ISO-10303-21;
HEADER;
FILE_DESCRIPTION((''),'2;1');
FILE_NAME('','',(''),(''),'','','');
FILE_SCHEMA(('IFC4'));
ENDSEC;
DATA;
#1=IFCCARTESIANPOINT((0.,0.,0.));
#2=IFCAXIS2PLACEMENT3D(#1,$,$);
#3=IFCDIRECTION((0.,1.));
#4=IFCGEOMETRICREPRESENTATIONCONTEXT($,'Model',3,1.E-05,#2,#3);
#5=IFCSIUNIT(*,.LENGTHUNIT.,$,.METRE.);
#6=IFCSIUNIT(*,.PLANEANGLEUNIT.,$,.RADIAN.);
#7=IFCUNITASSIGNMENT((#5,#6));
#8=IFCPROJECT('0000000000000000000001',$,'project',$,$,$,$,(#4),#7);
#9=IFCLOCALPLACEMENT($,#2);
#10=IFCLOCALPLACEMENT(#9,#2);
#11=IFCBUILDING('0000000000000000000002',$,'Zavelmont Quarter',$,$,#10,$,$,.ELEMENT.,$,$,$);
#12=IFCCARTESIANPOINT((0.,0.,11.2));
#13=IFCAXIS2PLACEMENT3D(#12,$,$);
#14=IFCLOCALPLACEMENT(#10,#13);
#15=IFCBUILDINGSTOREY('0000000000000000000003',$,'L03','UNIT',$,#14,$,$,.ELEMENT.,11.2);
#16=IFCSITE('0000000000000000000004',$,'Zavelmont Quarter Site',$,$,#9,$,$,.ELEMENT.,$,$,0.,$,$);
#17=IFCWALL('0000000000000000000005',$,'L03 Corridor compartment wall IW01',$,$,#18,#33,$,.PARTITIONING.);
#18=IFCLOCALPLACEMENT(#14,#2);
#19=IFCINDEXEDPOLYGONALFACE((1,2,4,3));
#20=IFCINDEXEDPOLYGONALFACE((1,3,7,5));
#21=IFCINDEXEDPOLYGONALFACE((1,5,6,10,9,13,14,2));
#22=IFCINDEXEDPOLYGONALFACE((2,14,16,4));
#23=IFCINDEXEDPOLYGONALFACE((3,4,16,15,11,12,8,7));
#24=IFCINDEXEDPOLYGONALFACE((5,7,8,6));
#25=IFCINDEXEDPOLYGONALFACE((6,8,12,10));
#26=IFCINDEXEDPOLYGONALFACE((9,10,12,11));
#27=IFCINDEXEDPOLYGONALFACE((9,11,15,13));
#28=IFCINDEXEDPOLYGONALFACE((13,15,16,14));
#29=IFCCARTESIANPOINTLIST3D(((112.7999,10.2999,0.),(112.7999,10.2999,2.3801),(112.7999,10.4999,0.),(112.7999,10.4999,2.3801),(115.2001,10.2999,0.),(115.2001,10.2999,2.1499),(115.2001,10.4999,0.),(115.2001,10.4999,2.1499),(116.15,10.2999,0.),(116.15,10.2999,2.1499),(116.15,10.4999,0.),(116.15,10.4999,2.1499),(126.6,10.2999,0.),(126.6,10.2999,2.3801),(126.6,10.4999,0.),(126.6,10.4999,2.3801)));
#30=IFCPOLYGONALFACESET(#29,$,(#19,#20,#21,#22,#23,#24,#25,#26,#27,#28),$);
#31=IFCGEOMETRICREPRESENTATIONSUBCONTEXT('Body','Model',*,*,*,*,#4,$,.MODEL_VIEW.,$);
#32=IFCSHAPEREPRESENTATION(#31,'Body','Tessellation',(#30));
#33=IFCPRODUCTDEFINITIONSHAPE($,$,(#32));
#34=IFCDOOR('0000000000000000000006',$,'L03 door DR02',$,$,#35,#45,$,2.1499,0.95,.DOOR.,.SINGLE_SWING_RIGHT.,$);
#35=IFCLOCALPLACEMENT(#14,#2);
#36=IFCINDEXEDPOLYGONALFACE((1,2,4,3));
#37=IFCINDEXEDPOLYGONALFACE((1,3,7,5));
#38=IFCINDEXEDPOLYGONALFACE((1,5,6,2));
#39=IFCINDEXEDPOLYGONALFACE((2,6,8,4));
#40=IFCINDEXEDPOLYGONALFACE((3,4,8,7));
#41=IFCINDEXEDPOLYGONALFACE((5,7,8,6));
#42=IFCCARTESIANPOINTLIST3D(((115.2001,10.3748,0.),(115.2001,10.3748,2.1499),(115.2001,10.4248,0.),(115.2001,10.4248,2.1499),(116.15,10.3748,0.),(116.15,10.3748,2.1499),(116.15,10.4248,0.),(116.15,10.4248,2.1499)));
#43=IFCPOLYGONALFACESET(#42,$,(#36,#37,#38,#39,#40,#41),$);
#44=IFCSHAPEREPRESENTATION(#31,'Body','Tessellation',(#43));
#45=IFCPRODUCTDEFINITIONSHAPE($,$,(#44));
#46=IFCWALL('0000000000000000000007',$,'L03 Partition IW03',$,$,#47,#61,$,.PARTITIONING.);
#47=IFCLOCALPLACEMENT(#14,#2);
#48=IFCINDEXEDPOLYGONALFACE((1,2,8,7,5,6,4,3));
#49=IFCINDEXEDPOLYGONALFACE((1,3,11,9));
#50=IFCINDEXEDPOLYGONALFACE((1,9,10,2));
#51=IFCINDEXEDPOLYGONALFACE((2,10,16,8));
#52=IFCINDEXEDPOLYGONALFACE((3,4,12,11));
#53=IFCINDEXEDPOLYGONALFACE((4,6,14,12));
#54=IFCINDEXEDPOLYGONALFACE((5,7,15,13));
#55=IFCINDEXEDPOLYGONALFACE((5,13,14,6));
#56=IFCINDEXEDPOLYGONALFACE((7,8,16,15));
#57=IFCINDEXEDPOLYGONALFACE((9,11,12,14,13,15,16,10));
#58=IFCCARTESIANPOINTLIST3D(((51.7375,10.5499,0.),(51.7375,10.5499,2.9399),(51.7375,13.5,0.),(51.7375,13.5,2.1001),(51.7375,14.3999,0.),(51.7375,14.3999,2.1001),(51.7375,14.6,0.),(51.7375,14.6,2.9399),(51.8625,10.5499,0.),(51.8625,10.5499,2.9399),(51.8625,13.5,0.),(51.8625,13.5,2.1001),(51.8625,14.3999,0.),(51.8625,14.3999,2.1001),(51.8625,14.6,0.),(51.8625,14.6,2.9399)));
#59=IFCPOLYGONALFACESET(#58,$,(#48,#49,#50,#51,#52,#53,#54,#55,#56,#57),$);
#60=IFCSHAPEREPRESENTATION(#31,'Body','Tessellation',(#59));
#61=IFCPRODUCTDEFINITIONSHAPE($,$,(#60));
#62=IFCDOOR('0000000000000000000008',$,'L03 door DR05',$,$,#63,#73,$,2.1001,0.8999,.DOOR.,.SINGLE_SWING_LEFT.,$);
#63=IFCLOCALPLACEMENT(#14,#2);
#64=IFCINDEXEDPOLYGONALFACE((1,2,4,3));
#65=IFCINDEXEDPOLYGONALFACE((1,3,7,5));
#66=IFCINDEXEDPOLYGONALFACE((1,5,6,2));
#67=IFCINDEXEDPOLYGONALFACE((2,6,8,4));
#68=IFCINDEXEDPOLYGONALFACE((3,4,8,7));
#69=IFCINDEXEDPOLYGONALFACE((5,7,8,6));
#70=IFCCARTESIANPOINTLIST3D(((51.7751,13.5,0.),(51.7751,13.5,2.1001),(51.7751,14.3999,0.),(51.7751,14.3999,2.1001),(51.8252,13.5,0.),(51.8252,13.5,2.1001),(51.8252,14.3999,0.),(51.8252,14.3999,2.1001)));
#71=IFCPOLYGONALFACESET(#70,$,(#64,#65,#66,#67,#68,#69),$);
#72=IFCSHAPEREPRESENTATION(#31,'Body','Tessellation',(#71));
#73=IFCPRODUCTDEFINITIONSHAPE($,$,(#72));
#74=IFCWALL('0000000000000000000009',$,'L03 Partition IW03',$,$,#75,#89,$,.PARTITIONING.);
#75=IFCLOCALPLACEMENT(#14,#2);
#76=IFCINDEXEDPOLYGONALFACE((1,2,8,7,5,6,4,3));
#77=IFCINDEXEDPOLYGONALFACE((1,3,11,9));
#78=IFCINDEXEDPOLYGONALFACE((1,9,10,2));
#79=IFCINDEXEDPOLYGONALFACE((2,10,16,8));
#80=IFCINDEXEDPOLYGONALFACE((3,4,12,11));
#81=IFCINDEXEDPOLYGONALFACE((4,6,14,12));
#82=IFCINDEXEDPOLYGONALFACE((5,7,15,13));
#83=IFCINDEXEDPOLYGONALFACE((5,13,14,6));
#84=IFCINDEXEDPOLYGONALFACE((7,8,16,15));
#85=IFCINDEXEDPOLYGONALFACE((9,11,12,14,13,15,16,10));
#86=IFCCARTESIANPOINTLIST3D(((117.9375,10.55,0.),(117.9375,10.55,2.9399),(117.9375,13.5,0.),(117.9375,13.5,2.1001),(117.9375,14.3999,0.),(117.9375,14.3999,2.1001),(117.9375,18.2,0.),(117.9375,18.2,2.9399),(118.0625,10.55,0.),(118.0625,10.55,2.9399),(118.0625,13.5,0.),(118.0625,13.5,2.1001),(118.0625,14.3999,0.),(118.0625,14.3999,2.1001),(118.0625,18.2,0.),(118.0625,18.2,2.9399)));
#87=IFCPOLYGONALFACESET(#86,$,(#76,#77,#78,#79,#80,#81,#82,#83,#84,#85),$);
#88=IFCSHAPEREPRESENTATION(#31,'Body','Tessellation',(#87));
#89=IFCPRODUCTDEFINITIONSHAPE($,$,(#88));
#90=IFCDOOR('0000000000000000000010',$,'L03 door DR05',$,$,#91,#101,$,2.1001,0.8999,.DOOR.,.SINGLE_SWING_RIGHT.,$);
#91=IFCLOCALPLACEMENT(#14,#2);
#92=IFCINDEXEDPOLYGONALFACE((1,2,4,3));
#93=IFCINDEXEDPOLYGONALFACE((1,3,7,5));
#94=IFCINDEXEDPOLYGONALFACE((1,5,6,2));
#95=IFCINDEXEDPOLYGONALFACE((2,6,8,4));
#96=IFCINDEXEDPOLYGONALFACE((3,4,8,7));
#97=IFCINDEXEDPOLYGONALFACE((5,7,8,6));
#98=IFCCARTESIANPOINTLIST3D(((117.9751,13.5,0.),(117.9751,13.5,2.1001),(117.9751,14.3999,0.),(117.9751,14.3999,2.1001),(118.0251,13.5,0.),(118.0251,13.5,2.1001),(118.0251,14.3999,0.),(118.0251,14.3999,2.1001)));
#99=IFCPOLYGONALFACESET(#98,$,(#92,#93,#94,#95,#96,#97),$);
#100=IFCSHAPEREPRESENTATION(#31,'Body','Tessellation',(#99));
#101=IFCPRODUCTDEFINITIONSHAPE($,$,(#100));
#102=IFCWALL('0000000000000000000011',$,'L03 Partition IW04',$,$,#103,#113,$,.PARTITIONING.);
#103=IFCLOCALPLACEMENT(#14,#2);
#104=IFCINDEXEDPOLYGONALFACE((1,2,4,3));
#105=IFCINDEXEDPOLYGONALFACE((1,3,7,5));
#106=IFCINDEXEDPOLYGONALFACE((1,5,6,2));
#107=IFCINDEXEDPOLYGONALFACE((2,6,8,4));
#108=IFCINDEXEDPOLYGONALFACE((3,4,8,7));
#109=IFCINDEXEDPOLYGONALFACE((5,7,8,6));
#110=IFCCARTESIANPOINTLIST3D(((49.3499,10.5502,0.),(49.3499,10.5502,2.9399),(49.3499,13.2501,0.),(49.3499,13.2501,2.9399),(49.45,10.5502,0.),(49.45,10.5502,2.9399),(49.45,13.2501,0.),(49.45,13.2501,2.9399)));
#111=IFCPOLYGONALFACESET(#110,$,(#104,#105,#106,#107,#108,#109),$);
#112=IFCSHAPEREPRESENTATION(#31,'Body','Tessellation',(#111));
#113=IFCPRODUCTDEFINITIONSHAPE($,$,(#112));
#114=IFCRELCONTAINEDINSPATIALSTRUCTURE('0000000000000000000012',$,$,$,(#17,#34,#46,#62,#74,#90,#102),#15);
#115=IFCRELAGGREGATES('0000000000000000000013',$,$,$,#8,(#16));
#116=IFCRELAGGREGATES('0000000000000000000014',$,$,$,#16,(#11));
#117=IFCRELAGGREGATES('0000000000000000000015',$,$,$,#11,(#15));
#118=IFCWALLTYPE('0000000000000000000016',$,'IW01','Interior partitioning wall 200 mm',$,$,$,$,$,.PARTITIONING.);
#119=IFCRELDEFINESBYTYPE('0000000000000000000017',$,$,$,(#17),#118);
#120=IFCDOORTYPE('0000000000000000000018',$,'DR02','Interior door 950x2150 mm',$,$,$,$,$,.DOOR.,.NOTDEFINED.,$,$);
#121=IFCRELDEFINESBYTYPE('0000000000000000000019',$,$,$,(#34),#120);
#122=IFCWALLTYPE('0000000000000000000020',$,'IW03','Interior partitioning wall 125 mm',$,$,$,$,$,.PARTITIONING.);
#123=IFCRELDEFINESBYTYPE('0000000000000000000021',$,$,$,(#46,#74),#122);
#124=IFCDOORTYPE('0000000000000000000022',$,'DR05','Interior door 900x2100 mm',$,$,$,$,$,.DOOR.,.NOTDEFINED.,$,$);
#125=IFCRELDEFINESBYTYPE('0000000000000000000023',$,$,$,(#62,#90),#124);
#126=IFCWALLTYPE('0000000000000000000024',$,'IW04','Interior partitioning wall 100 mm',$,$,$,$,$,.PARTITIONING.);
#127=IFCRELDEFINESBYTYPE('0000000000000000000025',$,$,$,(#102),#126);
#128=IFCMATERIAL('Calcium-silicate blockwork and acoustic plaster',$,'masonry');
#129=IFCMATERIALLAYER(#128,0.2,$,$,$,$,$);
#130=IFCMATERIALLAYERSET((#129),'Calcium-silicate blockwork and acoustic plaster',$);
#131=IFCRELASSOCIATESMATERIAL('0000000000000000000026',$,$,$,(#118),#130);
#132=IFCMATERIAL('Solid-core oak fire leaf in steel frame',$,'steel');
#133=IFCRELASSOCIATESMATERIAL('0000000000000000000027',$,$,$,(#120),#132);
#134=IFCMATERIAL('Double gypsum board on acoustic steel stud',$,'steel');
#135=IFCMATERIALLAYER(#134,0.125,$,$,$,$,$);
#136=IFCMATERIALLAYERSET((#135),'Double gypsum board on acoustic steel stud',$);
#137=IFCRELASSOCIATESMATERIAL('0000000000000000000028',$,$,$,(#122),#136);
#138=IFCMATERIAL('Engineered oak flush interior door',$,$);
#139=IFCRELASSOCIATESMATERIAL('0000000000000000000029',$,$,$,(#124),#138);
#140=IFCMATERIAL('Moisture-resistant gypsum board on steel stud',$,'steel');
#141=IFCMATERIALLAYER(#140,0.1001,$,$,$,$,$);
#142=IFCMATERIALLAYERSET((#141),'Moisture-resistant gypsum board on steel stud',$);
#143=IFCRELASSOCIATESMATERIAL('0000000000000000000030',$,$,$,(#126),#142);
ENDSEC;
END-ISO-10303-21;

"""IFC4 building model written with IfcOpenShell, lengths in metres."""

from ifc_helpers import new_model, si_unit, direction, frame, frame_2d, origin, origin_with_axes, place, context, subcontext, project, spatial, rectangle, extrude, material, layer, layer_set, type_object, element, fill, save


model = new_model("IFC4")

# Units and contexts
model_context = context("Model", 3, precision=1e-05, world=origin(), true_north=direction((0.0, 1.0)))
body_context = subcontext(model_context, "Body", "Model", "MODEL_VIEW")
ifc_project = project(units=[si_unit("LENGTHUNIT", "METRE"), si_unit("PLANEANGLEUNIT", "RADIAN")], contexts=[model_context])

# Site, building, storey
site_placement = place(None, origin())
site = spatial("IfcSite", under=ifc_project, at=site_placement, Name="Zavelmont Quarter Site", CompositionType="ELEMENT", RefElevation=0.0)
building_placement = place(site_placement, origin())
building = spatial("IfcBuilding", under=site, at=building_placement, Name="Zavelmont Quarter", CompositionType="ELEMENT")
storey_placement = place(building_placement, frame((0.0, 0.0, 11.2)))
storey = spatial("IfcBuildingStorey", under=building, at=storey_placement, Name="L03", Description="UNIT", CompositionType="ELEMENT", Elevation=11.2)

# Walls, openings, doors
ifc_material_1 = material(Name="Calcium-silicate blockwork and acoustic plaster", Category="masonry")
ifc_layer_1 = layer(ifc_material_1, 0.2)
ifc_layer_set_1 = layer_set([ifc_layer_1], Name="Calcium-silicate blockwork and acoustic plaster")
wall_type_1 = type_object("IfcWallType", Name="IW01", Description="Interior partitioning wall 200 mm", PredefinedType="PARTITIONING", material=ifc_layer_set_1)
wall_1_placement = place(storey_placement, frame((112.8, 10.3999, 0.0), z_axis=(0.0, 0.0, 1.0), x_axis=(1.0, 0.0, 0.0)))
wall_1 = element("IfcWall", 1, at=wall_1_placement, inside=storey, type_object=wall_type_1, Name="L03 Corridor compartment wall IW01", PredefinedType="PARTITIONING", context=body_context, shape_type="SweptSolid", body=[
    extrude(rectangle(XDim=13.8, YDim=0.2, at=frame_2d((6.8999, 0.0))), origin(), (0.0, 0.0, 1.0), 2.3801),
])
opening_1_placement = place(wall_1_placement, frame((2.3999, 0.0, 0.0)))
opening_1 = element("IfcOpeningElement", 2, at=opening_1_placement, cuts=wall_1, PredefinedType="OPENING", context=body_context, shape_type="SweptSolid", body=[
    extrude(rectangle(XDim=0.95, YDim=2.1499, at=frame_2d((0.4751, 1.075))), frame((0.0, 0.1118, 0.0), z_axis=(0.0, -1.0, 0.0), x_axis=(1.0, 0.0, 0.0)), (0.0, 0.0, 1.0), 0.2239),
])
ifc_material_2 = material(Name="Solid-core oak fire leaf in steel frame", Category="steel")
door_type_1 = type_object("IfcDoorType", Name="DR02", Description="Interior door 950x2150 mm", OperationType="NOTDEFINED", PredefinedType="DOOR", material=ifc_material_2)
door_1_placement = place(opening_1_placement, origin_with_axes())
door_1 = element("IfcDoor", 3, at=door_1_placement, inside=storey, type_object=door_type_1, Name="L03 door DR02", OperationType="SINGLE_SWING_RIGHT", OverallHeight=2.1499, OverallWidth=0.95, PredefinedType="DOOR", context=body_context, shape_type="SweptSolid", body=[
    extrude(rectangle(XDim=0.95, YDim=2.1499, at=frame_2d((0.4751, 1.075))), frame((0.0, 0.0249, 0.0), z_axis=(0.0, -1.0, 0.0), x_axis=(1.0, 0.0, 0.0)), (0.0, 0.0, 1.0), 0.05),
])
fill(opening_1, door_1)
ifc_material_3 = material(Name="Double gypsum board on acoustic steel stud", Category="steel")
ifc_layer_2 = layer(ifc_material_3, 0.125)
ifc_layer_set_2 = layer_set([ifc_layer_2], Name="Double gypsum board on acoustic steel stud")
wall_type_2 = type_object("IfcWallType", Name="IW03", Description="Interior partitioning wall 125 mm", PredefinedType="PARTITIONING", material=ifc_layer_set_2)
wall_2_placement = place(storey_placement, frame((51.8, 10.55, 0.0), z_axis=(0.0, 0.0, 1.0), x_axis=(0.0, 1.0, 0.0)))
wall_2 = element("IfcWall", 4, at=wall_2_placement, inside=storey, type_object=wall_type_2, Name="L03 Partition IW03", PredefinedType="PARTITIONING", context=body_context, shape_type="SweptSolid", body=[
    extrude(rectangle(XDim=4.05, YDim=0.125, at=frame_2d((2.0249, 0.0))), origin(), (0.0, 0.0, 1.0), 2.9399),
])
opening_2_placement = place(wall_2_placement, frame((2.95, 0.0, 0.0)))
opening_2 = element("IfcOpeningElement", 5, at=opening_2_placement, cuts=wall_2, PredefinedType="OPENING", context=body_context, shape_type="SweptSolid", body=[
    extrude(rectangle(XDim=0.8999, YDim=2.1001, at=frame_2d((0.45, 1.05))), frame((0.0, 0.0745, 0.0), z_axis=(0.0, -1.0, 0.0), x_axis=(1.0, 0.0, 0.0)), (0.0, 0.0, 1.0), 0.1489),
])
ifc_material_4 = material(Name="Engineered oak flush interior door")
door_type_2 = type_object("IfcDoorType", Name="DR05", Description="Interior door 900x2100 mm", OperationType="NOTDEFINED", PredefinedType="DOOR", material=ifc_material_4)
door_2_placement = place(opening_2_placement, origin_with_axes())
door_2 = element("IfcDoor", 6, at=door_2_placement, inside=storey, type_object=door_type_2, Name="L03 door DR05", OperationType="SINGLE_SWING_LEFT", OverallHeight=2.1001, OverallWidth=0.8999, PredefinedType="DOOR", context=body_context, shape_type="SweptSolid", body=[
    extrude(rectangle(XDim=0.8999, YDim=2.1001, at=frame_2d((0.45, 1.05))), frame((0.0, 0.0249, 0.0), z_axis=(0.0, -1.0, 0.0), x_axis=(1.0, 0.0, 0.0)), (0.0, 0.0, 1.0), 0.05),
])
fill(opening_2, door_2)
wall_3_placement = place(storey_placement, frame((118.0, 10.55, 0.0), z_axis=(0.0, 0.0, 1.0), x_axis=(0.0, 1.0, 0.0)))
wall_3 = element("IfcWall", 7, at=wall_3_placement, inside=storey, type_object=wall_type_2, Name="L03 Partition IW03", PredefinedType="PARTITIONING", context=body_context, shape_type="SweptSolid", body=[
    extrude(rectangle(XDim=7.6499, YDim=0.125, at=frame_2d((3.825, 0.0))), origin(), (0.0, 0.0, 1.0), 2.9399),
])
opening_3_placement = place(wall_3_placement, frame((2.95, 0.0, 0.0)))
opening_3 = element("IfcOpeningElement", 8, at=opening_3_placement, cuts=wall_3, PredefinedType="OPENING", context=body_context, shape_type="SweptSolid", body=[
    extrude(rectangle(XDim=0.8999, YDim=2.1001, at=frame_2d((0.45, 1.05))), frame((0.0, 0.0745, 0.0), z_axis=(0.0, -1.0, 0.0), x_axis=(1.0, 0.0, 0.0)), (0.0, 0.0, 1.0), 0.1489),
])
door_3_placement = place(opening_3_placement, origin_with_axes())
door_3 = element("IfcDoor", 9, at=door_3_placement, inside=storey, type_object=door_type_2, Name="L03 door DR05", OperationType="SINGLE_SWING_RIGHT", OverallHeight=2.1001, OverallWidth=0.8999, PredefinedType="DOOR", context=body_context, shape_type="SweptSolid", body=[
    extrude(rectangle(XDim=0.8999, YDim=2.1001, at=frame_2d((0.45, 1.05))), frame((0.0, 0.0249, 0.0), z_axis=(0.0, -1.0, 0.0), x_axis=(1.0, 0.0, 0.0)), (0.0, 0.0, 1.0), 0.05),
])
fill(opening_3, door_3)

# Wall
ifc_material_5 = material(Name="Moisture-resistant gypsum board on steel stud", Category="steel")
ifc_layer_3 = layer(ifc_material_5, 0.1001)
ifc_layer_set_3 = layer_set([ifc_layer_3], Name="Moisture-resistant gypsum board on steel stud")
wall_type_3 = type_object("IfcWallType", Name="IW04", Description="Interior partitioning wall 100 mm", PredefinedType="PARTITIONING", material=ifc_layer_set_3)
wall_4_placement = place(storey_placement, frame((49.3999, 10.55, 0.0), z_axis=(0.0, 0.0, 1.0), x_axis=(0.0, 1.0, 0.0)))
element("IfcWall", 10, at=wall_4_placement, inside=storey, type_object=wall_type_3, Name="L03 Partition IW04", PredefinedType="PARTITIONING", context=body_context, shape_type="SweptSolid", body=[
    extrude(rectangle(XDim=2.7, YDim=0.1001, at=frame_2d((1.3501, 0.0))), origin(), (0.0, 0.0, 1.0), 2.9399),
])

save(model, "model.ifc")
